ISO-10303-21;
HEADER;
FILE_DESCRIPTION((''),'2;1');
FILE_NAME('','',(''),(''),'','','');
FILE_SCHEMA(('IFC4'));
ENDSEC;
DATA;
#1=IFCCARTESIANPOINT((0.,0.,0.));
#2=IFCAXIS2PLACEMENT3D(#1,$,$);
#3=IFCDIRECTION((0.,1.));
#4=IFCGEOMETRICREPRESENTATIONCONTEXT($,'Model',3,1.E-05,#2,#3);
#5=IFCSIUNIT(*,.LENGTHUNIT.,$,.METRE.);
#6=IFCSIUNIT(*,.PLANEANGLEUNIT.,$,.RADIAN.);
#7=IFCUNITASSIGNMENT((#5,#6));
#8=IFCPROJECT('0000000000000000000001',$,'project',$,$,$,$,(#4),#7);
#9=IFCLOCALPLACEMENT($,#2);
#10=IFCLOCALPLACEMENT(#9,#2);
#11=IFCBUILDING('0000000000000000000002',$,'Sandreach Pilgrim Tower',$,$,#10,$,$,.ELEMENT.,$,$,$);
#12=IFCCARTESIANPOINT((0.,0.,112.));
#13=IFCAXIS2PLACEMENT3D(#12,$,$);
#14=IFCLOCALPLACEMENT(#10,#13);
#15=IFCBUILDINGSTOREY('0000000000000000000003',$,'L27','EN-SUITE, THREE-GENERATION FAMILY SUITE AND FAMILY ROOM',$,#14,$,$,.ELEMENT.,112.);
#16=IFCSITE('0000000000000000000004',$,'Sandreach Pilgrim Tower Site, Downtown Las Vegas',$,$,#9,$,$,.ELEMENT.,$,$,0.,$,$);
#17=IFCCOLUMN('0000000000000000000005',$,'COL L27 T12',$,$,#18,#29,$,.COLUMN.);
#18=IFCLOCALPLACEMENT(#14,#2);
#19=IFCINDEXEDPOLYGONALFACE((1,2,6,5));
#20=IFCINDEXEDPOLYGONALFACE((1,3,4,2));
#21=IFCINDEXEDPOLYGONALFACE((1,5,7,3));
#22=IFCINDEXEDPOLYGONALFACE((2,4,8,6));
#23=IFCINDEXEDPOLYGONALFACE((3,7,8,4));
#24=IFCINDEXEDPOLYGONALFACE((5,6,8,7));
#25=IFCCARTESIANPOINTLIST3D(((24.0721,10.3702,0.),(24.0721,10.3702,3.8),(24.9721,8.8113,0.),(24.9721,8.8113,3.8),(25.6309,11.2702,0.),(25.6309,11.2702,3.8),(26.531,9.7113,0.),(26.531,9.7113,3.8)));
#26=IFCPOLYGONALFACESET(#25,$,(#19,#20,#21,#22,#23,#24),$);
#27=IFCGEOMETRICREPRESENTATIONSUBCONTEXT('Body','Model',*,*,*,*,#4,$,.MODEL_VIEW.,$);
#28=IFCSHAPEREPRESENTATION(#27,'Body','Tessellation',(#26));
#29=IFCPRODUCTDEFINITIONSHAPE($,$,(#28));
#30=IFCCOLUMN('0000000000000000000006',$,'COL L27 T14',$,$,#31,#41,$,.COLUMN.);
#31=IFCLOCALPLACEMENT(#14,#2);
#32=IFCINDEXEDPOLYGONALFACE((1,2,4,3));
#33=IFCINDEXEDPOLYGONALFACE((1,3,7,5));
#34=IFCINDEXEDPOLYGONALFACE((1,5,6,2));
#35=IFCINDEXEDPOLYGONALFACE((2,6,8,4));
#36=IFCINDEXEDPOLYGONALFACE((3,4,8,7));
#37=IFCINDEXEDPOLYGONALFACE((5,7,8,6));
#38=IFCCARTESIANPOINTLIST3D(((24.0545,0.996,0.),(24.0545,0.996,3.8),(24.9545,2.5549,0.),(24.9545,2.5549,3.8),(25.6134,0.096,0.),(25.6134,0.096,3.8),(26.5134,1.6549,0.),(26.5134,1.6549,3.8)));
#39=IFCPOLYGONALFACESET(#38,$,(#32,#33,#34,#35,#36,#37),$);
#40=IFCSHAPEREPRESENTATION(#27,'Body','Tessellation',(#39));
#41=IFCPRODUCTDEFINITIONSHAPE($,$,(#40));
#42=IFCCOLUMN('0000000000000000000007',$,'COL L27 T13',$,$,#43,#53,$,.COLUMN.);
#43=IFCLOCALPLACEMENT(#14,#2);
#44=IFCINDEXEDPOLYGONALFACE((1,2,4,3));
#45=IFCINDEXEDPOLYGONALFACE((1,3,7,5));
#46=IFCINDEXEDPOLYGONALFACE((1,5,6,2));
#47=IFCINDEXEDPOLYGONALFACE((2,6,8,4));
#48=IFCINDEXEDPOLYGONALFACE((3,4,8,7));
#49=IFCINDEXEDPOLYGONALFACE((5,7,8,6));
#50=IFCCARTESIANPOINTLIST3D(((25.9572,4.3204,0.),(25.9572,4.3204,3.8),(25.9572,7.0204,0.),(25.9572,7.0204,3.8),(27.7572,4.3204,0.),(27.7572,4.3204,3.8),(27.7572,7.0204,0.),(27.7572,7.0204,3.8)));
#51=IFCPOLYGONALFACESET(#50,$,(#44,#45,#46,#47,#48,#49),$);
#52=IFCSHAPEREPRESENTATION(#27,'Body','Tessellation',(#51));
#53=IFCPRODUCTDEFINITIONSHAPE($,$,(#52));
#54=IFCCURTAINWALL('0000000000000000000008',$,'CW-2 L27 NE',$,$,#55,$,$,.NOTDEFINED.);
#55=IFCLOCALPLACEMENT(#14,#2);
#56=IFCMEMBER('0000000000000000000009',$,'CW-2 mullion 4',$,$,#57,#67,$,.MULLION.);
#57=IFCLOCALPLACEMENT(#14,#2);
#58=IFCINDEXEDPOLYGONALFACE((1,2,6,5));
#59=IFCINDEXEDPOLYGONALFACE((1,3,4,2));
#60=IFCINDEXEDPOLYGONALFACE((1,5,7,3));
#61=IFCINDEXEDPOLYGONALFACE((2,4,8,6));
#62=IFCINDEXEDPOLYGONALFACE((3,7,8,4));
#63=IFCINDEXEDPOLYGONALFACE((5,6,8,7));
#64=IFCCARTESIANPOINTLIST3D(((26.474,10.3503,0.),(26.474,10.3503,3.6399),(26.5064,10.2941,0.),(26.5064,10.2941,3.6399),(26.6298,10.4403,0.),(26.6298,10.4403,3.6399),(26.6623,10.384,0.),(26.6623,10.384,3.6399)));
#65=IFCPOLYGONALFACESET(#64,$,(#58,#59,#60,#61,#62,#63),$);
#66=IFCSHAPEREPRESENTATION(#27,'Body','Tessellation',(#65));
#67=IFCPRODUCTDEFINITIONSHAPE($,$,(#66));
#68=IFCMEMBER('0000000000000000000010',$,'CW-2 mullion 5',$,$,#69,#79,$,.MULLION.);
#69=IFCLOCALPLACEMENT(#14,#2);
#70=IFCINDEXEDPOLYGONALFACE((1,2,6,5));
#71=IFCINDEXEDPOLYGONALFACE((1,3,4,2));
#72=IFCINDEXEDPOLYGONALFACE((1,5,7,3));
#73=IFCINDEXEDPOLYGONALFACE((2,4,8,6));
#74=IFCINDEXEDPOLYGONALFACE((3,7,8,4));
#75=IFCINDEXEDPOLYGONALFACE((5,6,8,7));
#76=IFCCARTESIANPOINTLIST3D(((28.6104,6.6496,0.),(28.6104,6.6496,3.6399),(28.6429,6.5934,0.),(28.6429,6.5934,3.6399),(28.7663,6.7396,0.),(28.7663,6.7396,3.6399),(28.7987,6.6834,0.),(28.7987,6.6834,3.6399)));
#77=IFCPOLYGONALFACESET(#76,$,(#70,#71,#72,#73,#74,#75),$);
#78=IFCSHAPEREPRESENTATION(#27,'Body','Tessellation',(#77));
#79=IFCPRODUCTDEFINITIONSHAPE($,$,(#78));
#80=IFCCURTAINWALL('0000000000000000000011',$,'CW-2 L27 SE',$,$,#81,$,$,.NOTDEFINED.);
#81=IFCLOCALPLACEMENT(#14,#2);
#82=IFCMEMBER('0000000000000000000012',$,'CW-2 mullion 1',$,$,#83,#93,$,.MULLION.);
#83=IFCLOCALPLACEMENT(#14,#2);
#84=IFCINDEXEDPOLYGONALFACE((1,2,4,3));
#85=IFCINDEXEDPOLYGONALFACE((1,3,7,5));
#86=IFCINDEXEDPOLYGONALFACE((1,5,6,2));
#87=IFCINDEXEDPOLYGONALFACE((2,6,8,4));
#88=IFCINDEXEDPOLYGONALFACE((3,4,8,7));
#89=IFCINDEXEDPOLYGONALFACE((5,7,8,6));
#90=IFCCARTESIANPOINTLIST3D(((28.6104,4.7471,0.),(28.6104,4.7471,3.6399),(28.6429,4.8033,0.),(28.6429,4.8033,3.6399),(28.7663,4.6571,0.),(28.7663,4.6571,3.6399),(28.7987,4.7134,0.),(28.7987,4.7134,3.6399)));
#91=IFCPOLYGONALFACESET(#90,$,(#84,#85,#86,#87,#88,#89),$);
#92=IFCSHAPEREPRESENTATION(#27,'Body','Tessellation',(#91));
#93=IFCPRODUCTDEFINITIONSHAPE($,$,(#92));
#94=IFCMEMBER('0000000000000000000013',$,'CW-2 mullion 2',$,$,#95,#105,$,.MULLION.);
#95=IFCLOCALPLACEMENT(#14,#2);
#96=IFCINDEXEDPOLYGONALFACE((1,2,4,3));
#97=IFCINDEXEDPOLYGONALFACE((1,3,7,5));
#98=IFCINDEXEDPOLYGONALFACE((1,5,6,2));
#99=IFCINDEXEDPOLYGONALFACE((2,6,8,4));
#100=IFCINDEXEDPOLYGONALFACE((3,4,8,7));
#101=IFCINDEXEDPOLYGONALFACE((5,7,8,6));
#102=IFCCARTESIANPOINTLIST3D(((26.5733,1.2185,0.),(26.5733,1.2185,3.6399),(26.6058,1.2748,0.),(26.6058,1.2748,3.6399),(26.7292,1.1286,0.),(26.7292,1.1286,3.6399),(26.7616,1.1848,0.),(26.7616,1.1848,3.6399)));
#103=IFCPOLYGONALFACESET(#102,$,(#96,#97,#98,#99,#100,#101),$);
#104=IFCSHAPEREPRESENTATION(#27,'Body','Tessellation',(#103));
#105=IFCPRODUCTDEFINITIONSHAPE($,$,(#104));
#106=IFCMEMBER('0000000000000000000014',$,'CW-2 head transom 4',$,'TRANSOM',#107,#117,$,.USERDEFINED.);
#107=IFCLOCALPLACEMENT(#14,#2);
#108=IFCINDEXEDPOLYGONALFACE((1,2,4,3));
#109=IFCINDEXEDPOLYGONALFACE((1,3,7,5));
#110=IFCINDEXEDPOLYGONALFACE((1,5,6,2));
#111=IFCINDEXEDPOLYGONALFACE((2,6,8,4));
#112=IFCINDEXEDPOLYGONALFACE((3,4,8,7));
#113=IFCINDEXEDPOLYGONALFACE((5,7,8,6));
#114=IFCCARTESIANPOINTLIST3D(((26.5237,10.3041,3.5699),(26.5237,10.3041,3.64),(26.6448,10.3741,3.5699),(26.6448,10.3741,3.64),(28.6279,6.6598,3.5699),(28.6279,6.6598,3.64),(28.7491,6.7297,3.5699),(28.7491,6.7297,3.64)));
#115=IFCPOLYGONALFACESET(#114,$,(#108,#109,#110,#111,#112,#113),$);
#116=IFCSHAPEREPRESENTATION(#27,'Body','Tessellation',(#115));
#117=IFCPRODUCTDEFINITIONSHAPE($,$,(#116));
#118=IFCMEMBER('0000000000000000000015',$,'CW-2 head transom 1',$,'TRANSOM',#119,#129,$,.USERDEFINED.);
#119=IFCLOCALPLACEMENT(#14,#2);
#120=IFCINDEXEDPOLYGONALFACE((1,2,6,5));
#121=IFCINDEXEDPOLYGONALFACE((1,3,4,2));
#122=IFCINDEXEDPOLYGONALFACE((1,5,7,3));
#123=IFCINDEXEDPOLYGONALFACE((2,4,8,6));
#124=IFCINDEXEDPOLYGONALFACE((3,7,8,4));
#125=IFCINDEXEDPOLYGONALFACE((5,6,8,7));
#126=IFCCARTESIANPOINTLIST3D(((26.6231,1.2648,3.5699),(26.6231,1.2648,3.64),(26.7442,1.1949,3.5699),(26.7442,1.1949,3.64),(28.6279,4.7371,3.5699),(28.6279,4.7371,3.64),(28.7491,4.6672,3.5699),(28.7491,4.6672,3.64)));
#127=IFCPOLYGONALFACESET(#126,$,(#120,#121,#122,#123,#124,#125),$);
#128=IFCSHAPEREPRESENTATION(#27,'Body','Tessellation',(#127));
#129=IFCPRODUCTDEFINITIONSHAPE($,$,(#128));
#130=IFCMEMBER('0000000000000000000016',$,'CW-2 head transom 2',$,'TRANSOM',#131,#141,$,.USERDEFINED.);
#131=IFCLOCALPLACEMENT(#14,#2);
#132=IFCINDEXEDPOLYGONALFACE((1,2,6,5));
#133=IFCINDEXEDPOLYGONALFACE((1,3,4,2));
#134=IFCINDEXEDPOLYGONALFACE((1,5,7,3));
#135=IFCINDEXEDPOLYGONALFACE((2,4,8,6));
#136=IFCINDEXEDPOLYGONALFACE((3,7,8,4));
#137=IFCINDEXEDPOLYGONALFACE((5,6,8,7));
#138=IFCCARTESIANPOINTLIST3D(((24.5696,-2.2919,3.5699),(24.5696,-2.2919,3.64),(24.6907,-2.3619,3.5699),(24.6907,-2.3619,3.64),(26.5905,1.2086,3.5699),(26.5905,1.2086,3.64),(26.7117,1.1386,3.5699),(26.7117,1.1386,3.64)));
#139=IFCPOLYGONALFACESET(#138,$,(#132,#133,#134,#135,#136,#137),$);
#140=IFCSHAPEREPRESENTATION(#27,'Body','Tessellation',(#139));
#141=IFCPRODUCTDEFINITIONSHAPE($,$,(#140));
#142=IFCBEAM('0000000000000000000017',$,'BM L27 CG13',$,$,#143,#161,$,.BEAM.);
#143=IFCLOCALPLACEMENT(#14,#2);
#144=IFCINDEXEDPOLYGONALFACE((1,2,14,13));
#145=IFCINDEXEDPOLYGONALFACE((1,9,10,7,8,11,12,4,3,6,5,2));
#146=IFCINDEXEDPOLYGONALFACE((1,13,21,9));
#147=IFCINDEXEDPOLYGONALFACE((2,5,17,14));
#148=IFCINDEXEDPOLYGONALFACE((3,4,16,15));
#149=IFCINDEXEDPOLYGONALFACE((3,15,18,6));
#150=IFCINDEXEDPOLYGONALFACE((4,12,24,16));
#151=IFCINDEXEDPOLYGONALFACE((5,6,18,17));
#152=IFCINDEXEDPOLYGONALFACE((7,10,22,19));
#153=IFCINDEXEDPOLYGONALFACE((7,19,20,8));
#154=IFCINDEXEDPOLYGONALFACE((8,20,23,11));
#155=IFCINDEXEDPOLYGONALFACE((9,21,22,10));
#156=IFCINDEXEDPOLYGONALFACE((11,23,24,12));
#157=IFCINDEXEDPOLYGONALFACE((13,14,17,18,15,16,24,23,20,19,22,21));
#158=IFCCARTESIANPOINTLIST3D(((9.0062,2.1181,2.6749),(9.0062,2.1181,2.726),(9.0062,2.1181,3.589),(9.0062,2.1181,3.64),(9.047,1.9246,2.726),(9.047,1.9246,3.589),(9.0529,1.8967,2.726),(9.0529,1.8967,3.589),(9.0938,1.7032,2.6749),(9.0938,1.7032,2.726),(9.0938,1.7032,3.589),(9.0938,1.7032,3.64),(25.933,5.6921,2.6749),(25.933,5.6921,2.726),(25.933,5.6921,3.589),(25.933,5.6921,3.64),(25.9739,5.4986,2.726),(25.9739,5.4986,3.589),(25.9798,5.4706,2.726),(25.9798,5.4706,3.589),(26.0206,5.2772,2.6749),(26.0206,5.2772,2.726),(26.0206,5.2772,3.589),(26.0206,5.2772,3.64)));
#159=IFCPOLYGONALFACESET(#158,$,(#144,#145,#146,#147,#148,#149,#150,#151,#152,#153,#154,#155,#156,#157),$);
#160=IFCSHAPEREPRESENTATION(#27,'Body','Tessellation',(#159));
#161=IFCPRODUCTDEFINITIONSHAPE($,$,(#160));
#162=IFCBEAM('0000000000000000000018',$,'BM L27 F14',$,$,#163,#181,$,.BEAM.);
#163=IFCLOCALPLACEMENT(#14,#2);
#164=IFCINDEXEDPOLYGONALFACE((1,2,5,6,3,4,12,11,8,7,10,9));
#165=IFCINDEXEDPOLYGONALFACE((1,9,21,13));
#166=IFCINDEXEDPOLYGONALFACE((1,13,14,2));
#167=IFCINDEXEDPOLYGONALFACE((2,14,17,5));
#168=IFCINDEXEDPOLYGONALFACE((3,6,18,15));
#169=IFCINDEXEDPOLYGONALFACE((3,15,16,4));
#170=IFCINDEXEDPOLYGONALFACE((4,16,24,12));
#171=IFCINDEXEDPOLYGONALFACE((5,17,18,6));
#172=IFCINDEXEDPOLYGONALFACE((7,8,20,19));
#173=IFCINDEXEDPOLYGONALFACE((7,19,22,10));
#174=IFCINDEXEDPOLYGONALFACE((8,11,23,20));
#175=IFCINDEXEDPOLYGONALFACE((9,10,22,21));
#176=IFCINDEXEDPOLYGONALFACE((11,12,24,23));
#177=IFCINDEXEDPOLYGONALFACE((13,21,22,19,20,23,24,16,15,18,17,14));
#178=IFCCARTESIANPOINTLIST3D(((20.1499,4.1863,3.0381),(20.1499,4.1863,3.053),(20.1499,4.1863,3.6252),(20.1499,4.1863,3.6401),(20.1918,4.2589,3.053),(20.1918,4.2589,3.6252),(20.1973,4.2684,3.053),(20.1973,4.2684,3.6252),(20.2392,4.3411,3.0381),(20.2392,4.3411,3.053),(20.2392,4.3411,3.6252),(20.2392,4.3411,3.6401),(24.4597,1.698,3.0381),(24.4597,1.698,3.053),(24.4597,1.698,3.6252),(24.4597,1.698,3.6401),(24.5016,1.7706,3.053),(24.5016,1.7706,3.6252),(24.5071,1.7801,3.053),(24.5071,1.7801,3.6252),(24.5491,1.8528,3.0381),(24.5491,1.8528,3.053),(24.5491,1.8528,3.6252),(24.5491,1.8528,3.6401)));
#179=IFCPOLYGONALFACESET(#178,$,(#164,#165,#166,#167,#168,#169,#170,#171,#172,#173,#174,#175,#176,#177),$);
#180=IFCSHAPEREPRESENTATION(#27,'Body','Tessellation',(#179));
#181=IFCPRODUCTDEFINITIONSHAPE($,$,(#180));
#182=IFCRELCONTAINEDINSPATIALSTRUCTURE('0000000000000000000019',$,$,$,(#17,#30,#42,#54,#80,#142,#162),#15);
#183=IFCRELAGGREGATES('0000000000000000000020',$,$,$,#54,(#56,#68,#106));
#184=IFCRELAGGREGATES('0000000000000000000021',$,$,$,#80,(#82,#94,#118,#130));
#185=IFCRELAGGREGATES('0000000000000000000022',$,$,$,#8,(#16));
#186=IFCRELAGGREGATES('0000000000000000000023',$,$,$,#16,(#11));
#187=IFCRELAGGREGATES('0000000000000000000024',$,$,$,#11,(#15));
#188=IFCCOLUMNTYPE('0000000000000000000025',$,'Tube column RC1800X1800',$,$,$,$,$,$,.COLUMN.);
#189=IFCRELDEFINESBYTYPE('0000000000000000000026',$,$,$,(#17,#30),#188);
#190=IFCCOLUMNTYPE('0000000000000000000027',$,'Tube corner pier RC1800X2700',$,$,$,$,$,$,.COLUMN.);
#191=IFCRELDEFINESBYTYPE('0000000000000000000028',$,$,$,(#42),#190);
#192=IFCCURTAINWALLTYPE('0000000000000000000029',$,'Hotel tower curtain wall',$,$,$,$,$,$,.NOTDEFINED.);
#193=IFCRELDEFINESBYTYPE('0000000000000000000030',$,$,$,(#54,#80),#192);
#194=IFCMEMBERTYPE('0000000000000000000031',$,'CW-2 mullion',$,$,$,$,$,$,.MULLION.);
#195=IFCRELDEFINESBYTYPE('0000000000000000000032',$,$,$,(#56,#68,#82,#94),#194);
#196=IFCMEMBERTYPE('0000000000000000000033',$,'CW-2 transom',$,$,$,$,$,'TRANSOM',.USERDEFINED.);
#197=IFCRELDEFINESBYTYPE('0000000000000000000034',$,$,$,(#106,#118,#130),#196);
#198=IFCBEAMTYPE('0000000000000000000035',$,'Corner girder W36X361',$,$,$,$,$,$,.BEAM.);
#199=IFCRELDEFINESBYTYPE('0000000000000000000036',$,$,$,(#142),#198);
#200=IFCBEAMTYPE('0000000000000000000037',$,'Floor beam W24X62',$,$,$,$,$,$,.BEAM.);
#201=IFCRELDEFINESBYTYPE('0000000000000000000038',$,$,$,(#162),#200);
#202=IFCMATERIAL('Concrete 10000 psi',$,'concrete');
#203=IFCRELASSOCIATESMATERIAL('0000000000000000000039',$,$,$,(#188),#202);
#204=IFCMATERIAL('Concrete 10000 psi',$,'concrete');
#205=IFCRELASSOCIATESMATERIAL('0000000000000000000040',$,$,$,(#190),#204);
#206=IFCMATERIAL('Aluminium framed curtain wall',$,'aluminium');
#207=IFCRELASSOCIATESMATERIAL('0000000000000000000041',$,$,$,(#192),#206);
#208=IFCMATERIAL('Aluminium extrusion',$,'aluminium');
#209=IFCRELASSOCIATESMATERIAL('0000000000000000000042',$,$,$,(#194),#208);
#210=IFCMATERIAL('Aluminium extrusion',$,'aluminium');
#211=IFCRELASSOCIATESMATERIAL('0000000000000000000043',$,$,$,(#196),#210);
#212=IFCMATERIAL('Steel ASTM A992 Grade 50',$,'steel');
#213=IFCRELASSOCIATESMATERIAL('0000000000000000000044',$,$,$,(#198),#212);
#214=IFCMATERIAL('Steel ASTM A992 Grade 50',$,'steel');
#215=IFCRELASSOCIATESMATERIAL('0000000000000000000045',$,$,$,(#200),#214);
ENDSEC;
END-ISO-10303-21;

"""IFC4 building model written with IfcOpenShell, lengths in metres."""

from ifc_helpers import new_model, si_unit, direction, frame, origin, origin_2d, place, context, subcontext, project, spatial, rectangle, i_section, extrude, material, material_profile, profile_set, type_object, element, aggregate, save


model = new_model("IFC4")

# Units and contexts
model_context = context("Model", 3, precision=1e-05, world=origin(), true_north=direction((0.0, 1.0)))
body_context = subcontext(model_context, "Body", "Model", "MODEL_VIEW")
ifc_project = project(units=[si_unit("LENGTHUNIT", "METRE"), si_unit("PLANEANGLEUNIT", "RADIAN")], contexts=[model_context])

# Site, building, storey
site_placement = place(None, origin())
site = spatial("IfcSite", under=ifc_project, at=site_placement, Name="Sandreach Pilgrim Tower Site, Downtown Las Vegas", CompositionType="ELEMENT", RefElevation=0.0)
building_placement = place(site_placement, origin())
building = spatial("IfcBuilding", under=site, at=building_placement, Name="Sandreach Pilgrim Tower", CompositionType="ELEMENT")
storey_placement = place(building_placement, frame((0.0, 0.0, 112.0)))
storey = spatial("IfcBuildingStorey", under=building, at=storey_placement, Name="L27", Description="EN-SUITE, THREE-GENERATION FAMILY SUITE AND FAMILY ROOM", CompositionType="ELEMENT", Elevation=112.0)

# Columns
ifc_material_1 = material(Name="Concrete 10000 psi", Category="concrete")
ifc_material_profile_1 = material_profile(ifc_material_1, rectangle(XDim=1.8, YDim=1.8, at=origin_2d()), Name="RC1800X1800")
ifc_profile_set_1 = profile_set([ifc_material_profile_1], Name="Concrete 10000 psi")
column_type_1 = type_object("IfcColumnType", Name="Tube column RC1800X1800", PredefinedType="COLUMN", material=ifc_profile_set_1)
for number, where, z_axis, x_axis, name in (
    (1, (25.3015, 10.0408, 0.0), (0.0, 0.0, 1.0), (0.866025, 0.5, 0.0), "COL L27 T12"),
    (2, (25.2839, 1.3254, 0.0), (0.0, 0.0, 1.0), (0.866025, -0.5, 0.0), "COL L27 T14"),
):
    element("IfcColumn", number, at=place(storey_placement, frame(where, z_axis=z_axis, x_axis=x_axis)), inside=storey, type_object=column_type_1, Name=name, PredefinedType="COLUMN", context=body_context, shape_type="SweptSolid", body=[
        extrude(rectangle(XDim=1.8, YDim=1.8, at=origin_2d()), origin(), (0.0, 0.0, 1.0), 3.8),
    ])
ifc_material_2 = material(Name="Concrete 10000 psi", Category="concrete")
ifc_material_profile_2 = material_profile(ifc_material_2, rectangle(XDim=1.8, YDim=2.7, at=origin_2d()), Name="RC1800X2700")
ifc_profile_set_2 = profile_set([ifc_material_profile_2], Name="Concrete 10000 psi")
column_type_2 = type_object("IfcColumnType", Name="Tube corner pier RC1800X2700", PredefinedType="COLUMN", material=ifc_profile_set_2)
column_placement = place(storey_placement, frame((26.8572, 5.6704, 0.0), z_axis=(0.0, 0.0, 1.0), x_axis=(1.0, 0.0, 0.0)))
element("IfcColumn", 3, at=column_placement, inside=storey, type_object=column_type_2, Name="COL L27 T13", PredefinedType="COLUMN", context=body_context, shape_type="SweptSolid", body=[
    extrude(rectangle(XDim=1.8, YDim=2.7, at=origin_2d()), origin(), (0.0, 0.0, 1.0), 3.8),
])

# Curtain walls, members
ifc_material_3 = material(Name="Aluminium framed curtain wall", Category="aluminium")
curtain_wall_type = type_object("IfcCurtainWallType", Name="Hotel tower curtain wall", PredefinedType="NOTDEFINED", material=ifc_material_3)
curtain_wall_1_placement = place(storey_placement, origin())
curtain_wall_1 = element("IfcCurtainWall", 4, at=curtain_wall_1_placement, inside=storey, type_object=curtain_wall_type, Name="CW-2 L27 NE", PredefinedType="NOTDEFINED")
ifc_material_4 = material(Name="Aluminium extrusion", Category="aluminium")
ifc_material_profile_3 = material_profile(ifc_material_4, rectangle(XDim=0.0649, YDim=0.1799, at=origin_2d()), Name="CW-2M 65X180")
ifc_profile_set_3 = profile_set([ifc_material_profile_3], Name="Aluminium extrusion")
member_type_1 = type_object("IfcMemberType", Name="CW-2 mullion", PredefinedType="MULLION", material=ifc_profile_set_3)
member_1_placement = place(storey_placement, frame((26.5681, 10.3672, 0.0), z_axis=(0.0, 0.0, 1.0), x_axis=(0.5, -0.866025, 0.0)))
member_1 = element("IfcMember", 5, at=member_1_placement, type_object=member_type_1, Name="CW-2 mullion 4", PredefinedType="MULLION", context=body_context, shape_type="SweptSolid", body=[
    extrude(rectangle(XDim=0.0649, YDim=0.1799, at=origin_2d()), origin(), (0.0, 0.0, 1.0), 3.6399),
])
member_2_placement = place(storey_placement, frame((28.7046, 6.6665, 0.0), z_axis=(0.0, 0.0, 1.0), x_axis=(0.5, -0.866025, 0.0)))
member_2 = element("IfcMember", 6, at=member_2_placement, type_object=member_type_1, Name="CW-2 mullion 5", PredefinedType="MULLION", context=body_context, shape_type="SweptSolid", body=[
    extrude(rectangle(XDim=0.0649, YDim=0.1799, at=origin_2d()), origin(), (0.0, 0.0, 1.0), 3.6399),
])
curtain_wall_2_placement = place(storey_placement, origin())
curtain_wall_2 = element("IfcCurtainWall", 7, at=curtain_wall_2_placement, inside=storey, type_object=curtain_wall_type, Name="CW-2 L27 SE", PredefinedType="NOTDEFINED")
member_3_placement = place(storey_placement, frame((28.7046, 4.7302, 0.0), z_axis=(0.0, 0.0, 1.0), x_axis=(-0.5, -0.866025, 0.0)))
member_3 = element("IfcMember", 8, at=member_3_placement, type_object=member_type_1, Name="CW-2 mullion 1", PredefinedType="MULLION", context=body_context, shape_type="SweptSolid", body=[
    extrude(rectangle(XDim=0.0649, YDim=0.1799, at=origin_2d()), origin(), (0.0, 0.0, 1.0), 3.6399),
])
member_4_placement = place(storey_placement, frame((26.6675, 1.2017, 0.0), z_axis=(0.0, 0.0, 1.0), x_axis=(-0.5, -0.866025, 0.0)))
member_4 = element("IfcMember", 9, at=member_4_placement, type_object=member_type_1, Name="CW-2 mullion 2", PredefinedType="MULLION", context=body_context, shape_type="SweptSolid", body=[
    extrude(rectangle(XDim=0.0649, YDim=0.1799, at=origin_2d()), origin(), (0.0, 0.0, 1.0), 3.6399),
])

# Members
ifc_material_5 = material(Name="Aluminium extrusion", Category="aluminium")
ifc_material_profile_4 = material_profile(ifc_material_5, rectangle(XDim=0.1399, YDim=0.0701, at=origin_2d()), Name="CW-2T 140X70")
ifc_profile_set_4 = profile_set([ifc_material_profile_4], Name="Aluminium extrusion")
member_type_2 = type_object("IfcMemberType", Name="CW-2 transom", ElementType="TRANSOM", PredefinedType="USERDEFINED", material=ifc_profile_set_4)
member_5_placement = place(storey_placement, frame((26.5842, 10.3391, 3.605), z_axis=(0.500039, -0.866003, 0.0), x_axis=(0.866003, 0.500039, 0.0)))
member_5 = element("IfcMember", 10, at=member_5_placement, type_object=member_type_2, Name="CW-2 head transom 4", ObjectType="TRANSOM", PredefinedType="USERDEFINED", context=body_context, shape_type="SweptSolid", body=[
    extrude(rectangle(XDim=0.1399, YDim=0.0701, at=origin_2d()), origin(), (0.0, 0.0, 1.0), 4.2083),
])
member_6_placement = place(storey_placement, frame((28.6885, 4.7021, 3.605), z_axis=(-0.500016, -0.866016, 0.0), x_axis=(0.866016, -0.500016, 0.0)))
member_6 = element("IfcMember", 11, at=member_6_placement, type_object=member_type_2, Name="CW-2 head transom 1", ObjectType="TRANSOM", PredefinedType="USERDEFINED", context=body_context, shape_type="SweptSolid", body=[
    extrude(rectangle(XDim=0.1399, YDim=0.0701, at=origin_2d()), origin(), (0.0, 0.0, 1.0), 4.0095),
])
member_7_placement = place(storey_placement, frame((26.6511, 1.1736, 3.605), z_axis=(-0.499998, -0.866027, 0.0), x_axis=(0.866027, -0.499998, 0.0)))
member_7 = element("IfcMember", 12, at=member_7_placement, type_object=member_type_2, Name="CW-2 head transom 2", ObjectType="TRANSOM", PredefinedType="USERDEFINED", context=body_context, shape_type="SweptSolid", body=[
    extrude(rectangle(XDim=0.1399, YDim=0.0701, at=origin_2d()), origin(), (0.0, 0.0, 1.0), 4.042),
])

# Beams
ifc_material_6 = material(Name="Steel ASTM A992 Grade 50", Category="steel")
ifc_material_profile_5 = material_profile(ifc_material_6, i_section(OverallWidth=0.4241, OverallDepth=0.9651, WebThickness=0.0286, FlangeThickness=0.051, at=origin_2d()), Name="W36X361")
ifc_profile_set_5 = profile_set([ifc_material_profile_5], Name="Steel ASTM A992 Grade 50")
beam_type_1 = type_object("IfcBeamType", Name="Corner girder W36X361", PredefinedType="BEAM", material=ifc_profile_set_5)
beam_1_placement = place(storey_placement, frame((25.9768, 5.4846, 3.1575), z_axis=(-0.978428, -0.206589, 0.0), x_axis=(0.206589, -0.978428, 0.0)))
element("IfcBeam", 13, at=beam_1_placement, inside=storey, type_object=beam_type_1, Name="BM L27 CG13", PredefinedType="BEAM", context=body_context, shape_type="SweptSolid", body=[
    extrude(i_section(OverallWidth=0.4241, OverallDepth=0.9651, WebThickness=0.0286, FlangeThickness=0.051, at=origin_2d()), origin(), (0.0, 0.0, 1.0), 17.3),
])
ifc_material_7 = material(Name="Steel ASTM A992 Grade 50", Category="steel")
ifc_material_profile_6 = material_profile(ifc_material_7, i_section(OverallWidth=0.1787, OverallDepth=0.6021, WebThickness=0.011, FlangeThickness=0.0149, at=origin_2d()), Name="W24X62")
ifc_profile_set_6 = profile_set([ifc_material_profile_6], Name="Steel ASTM A992 Grade 50")
beam_type_2 = type_object("IfcBeamType", Name="Floor beam W24X62", PredefinedType="BEAM", material=ifc_profile_set_6)
beam_2_placement = place(storey_placement, frame((24.5044, 1.7754, 3.3391), z_axis=(-0.866025, 0.500001, 0.0), x_axis=(-0.500001, -0.866025, 0.0)))
element("IfcBeam", 14, at=beam_2_placement, inside=storey, type_object=beam_type_2, Name="BM L27 F14", PredefinedType="BEAM", context=body_context, shape_type="SweptSolid", body=[
    extrude(i_section(OverallWidth=0.1787, OverallDepth=0.6021, WebThickness=0.011, FlangeThickness=0.0149, at=origin_2d()), origin(), (0.0, 0.0, 1.0), 4.9766),
])

aggregate(curtain_wall_1, [member_1, member_2, member_5])
aggregate(curtain_wall_2, [member_3, member_4, member_6, member_7])

save(model, "model.ifc")
